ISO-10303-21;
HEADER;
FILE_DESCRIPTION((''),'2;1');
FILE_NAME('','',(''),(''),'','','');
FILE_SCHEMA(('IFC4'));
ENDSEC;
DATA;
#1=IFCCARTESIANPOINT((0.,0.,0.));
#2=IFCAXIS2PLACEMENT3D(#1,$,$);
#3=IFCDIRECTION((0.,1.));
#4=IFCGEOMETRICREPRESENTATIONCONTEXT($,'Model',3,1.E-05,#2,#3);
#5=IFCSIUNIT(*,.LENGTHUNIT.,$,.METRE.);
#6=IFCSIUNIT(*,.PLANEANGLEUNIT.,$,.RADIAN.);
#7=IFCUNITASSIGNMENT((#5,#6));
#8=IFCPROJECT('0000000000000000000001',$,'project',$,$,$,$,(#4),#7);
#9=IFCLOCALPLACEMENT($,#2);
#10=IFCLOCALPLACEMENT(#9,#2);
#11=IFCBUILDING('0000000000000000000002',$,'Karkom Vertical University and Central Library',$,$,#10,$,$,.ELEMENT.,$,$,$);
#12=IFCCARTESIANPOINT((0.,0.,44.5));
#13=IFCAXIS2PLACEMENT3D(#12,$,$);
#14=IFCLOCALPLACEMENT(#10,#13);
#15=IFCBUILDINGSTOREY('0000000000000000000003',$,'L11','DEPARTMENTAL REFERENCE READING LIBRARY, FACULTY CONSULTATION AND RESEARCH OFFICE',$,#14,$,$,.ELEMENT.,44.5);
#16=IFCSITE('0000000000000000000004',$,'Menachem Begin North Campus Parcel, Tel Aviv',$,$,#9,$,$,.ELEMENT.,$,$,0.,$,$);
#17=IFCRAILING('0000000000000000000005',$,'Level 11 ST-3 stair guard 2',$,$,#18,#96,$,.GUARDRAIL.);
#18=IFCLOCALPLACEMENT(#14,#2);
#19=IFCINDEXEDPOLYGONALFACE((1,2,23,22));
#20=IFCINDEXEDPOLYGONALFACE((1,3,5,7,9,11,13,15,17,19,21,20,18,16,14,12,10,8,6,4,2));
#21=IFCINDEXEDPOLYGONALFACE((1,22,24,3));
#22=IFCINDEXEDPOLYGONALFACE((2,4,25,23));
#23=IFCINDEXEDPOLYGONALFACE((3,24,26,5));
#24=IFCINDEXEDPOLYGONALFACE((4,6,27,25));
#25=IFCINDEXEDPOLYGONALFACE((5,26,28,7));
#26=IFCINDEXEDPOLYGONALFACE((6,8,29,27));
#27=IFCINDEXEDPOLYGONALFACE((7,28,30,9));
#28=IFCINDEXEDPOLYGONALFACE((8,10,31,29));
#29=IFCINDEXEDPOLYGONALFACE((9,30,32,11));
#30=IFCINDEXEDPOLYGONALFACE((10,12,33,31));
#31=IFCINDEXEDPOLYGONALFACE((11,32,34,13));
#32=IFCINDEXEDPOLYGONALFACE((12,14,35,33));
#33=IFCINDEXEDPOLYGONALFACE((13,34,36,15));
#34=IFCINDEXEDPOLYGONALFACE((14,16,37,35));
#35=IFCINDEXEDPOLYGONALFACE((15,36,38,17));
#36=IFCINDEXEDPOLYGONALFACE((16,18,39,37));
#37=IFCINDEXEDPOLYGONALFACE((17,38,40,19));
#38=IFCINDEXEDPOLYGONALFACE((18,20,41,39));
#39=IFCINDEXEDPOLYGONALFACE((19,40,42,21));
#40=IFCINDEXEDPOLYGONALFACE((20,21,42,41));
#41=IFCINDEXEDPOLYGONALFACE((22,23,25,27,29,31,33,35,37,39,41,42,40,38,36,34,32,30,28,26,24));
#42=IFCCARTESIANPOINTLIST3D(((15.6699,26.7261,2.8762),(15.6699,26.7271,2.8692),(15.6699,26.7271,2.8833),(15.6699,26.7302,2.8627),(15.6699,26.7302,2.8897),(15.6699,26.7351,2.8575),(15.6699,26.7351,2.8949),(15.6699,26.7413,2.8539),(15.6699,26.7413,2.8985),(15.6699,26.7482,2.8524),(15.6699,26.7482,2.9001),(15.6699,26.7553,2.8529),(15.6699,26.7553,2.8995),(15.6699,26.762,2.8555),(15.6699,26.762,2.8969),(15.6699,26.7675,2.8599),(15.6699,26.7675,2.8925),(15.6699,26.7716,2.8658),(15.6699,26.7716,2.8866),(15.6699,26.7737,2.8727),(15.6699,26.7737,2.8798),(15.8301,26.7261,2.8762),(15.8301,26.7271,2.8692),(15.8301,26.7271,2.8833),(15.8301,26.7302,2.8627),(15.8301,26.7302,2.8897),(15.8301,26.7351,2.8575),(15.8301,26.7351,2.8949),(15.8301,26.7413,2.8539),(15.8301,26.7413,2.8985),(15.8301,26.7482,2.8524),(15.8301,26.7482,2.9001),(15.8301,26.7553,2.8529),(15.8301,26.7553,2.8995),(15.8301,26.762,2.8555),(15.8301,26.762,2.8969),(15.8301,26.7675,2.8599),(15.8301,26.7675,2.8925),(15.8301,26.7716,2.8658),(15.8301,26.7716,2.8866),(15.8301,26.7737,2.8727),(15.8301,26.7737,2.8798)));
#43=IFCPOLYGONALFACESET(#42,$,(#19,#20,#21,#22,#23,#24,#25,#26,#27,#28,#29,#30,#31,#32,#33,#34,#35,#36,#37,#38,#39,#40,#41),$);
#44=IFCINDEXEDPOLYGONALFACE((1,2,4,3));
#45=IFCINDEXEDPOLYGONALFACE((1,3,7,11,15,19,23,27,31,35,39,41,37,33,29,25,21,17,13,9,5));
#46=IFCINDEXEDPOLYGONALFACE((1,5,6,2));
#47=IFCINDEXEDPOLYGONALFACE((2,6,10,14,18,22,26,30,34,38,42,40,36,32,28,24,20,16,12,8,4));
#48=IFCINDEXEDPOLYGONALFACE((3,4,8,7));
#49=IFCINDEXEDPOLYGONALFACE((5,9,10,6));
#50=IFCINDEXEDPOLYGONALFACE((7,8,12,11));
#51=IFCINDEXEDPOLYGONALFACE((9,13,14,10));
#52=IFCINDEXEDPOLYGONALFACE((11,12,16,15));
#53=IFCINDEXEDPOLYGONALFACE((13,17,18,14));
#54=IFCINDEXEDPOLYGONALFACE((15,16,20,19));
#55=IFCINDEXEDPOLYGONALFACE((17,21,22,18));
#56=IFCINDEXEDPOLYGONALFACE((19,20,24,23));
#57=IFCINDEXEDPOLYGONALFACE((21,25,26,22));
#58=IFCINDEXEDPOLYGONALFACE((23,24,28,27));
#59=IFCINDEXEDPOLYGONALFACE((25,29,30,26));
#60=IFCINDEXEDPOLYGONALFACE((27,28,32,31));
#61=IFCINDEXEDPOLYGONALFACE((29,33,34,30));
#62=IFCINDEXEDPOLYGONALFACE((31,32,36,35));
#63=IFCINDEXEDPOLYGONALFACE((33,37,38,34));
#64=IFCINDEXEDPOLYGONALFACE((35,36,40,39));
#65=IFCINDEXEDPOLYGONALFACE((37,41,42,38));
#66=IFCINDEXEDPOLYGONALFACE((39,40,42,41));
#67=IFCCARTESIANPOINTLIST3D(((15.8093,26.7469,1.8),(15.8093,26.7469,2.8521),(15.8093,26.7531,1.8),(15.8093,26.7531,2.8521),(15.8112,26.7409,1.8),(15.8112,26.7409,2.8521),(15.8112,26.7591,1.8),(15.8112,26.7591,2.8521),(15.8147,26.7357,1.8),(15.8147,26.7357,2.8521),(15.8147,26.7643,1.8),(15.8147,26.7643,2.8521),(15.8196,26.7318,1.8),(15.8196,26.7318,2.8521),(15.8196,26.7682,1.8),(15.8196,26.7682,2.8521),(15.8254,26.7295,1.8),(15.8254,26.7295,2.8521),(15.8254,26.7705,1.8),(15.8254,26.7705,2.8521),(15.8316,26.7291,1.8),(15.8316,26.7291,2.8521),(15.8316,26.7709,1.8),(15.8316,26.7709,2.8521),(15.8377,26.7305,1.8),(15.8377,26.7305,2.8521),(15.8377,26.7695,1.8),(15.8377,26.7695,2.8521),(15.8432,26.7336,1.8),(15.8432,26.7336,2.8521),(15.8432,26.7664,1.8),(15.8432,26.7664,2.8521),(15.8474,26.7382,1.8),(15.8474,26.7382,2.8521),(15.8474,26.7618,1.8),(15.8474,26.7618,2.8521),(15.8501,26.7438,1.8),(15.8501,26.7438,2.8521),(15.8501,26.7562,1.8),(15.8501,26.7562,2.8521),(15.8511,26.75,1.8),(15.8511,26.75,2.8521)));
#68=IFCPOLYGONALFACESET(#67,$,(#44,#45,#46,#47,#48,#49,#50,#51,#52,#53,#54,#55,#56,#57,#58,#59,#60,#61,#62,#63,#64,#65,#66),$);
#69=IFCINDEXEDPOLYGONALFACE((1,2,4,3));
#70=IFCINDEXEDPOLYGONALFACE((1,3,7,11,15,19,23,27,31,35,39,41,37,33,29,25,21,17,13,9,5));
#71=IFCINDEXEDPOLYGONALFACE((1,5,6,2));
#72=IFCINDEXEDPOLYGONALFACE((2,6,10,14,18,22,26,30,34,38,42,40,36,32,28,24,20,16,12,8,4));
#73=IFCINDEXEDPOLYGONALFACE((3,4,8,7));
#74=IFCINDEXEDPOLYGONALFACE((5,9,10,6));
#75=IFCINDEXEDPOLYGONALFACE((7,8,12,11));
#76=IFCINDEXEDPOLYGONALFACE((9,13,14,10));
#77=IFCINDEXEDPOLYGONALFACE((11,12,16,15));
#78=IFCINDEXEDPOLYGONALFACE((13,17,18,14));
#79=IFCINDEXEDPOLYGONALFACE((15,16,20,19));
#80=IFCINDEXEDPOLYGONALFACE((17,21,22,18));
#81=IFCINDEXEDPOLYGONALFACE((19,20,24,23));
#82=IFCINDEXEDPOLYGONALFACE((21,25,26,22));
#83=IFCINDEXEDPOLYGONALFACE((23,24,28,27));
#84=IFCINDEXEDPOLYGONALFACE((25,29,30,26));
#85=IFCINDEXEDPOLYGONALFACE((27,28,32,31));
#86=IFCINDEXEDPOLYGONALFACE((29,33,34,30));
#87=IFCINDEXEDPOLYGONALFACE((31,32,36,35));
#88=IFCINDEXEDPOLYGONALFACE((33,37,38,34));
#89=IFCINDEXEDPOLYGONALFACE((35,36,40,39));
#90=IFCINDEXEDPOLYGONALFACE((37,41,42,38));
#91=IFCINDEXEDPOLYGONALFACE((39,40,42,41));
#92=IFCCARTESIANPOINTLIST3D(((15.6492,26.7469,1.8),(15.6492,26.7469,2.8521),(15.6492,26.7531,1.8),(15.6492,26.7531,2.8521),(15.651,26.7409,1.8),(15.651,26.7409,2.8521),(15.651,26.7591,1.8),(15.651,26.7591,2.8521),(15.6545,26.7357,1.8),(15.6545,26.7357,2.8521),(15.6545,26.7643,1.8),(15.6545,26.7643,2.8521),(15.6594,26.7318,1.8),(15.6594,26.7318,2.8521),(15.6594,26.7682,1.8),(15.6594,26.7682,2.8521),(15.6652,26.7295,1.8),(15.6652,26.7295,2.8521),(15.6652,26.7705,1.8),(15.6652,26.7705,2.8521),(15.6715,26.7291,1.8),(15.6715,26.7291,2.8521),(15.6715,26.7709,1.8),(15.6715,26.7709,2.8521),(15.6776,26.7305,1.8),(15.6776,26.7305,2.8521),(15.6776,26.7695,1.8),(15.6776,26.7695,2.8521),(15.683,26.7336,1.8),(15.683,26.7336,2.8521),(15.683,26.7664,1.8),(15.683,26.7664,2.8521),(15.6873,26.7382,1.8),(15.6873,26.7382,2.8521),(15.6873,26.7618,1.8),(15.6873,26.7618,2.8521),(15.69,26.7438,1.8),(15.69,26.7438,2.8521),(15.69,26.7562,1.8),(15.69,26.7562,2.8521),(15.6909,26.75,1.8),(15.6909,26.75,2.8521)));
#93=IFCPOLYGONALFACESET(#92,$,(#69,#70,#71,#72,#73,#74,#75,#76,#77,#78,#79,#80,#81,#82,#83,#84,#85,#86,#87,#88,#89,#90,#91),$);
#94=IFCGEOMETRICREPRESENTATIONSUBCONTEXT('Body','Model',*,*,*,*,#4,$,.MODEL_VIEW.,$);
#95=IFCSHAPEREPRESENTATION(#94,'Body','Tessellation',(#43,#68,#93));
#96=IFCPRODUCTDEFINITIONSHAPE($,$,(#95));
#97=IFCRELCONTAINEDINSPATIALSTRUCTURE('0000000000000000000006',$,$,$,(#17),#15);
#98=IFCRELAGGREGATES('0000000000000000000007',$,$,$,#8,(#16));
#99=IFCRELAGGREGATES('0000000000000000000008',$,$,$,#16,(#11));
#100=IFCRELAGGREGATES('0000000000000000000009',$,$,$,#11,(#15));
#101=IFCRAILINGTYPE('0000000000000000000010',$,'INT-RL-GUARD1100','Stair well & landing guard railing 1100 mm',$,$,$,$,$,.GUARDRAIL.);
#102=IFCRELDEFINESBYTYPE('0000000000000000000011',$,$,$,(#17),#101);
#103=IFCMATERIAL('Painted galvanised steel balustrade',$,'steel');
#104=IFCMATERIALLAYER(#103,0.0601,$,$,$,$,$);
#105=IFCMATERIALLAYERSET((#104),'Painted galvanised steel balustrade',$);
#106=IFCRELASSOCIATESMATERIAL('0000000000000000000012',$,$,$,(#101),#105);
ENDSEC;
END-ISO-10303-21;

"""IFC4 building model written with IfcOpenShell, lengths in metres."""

from ifc_helpers import new_model, si_unit, direction, frame, origin, origin_2d, place, context, subcontext, project, spatial, circle, extrude, material, layer, layer_set, type_object, element, save


model = new_model("IFC4")

# Units and contexts
model_context = context("Model", 3, precision=1e-05, world=origin(), true_north=direction((0.0, 1.0)))
body_context = subcontext(model_context, "Body", "Model", "MODEL_VIEW")
ifc_project = project(units=[si_unit("LENGTHUNIT", "METRE"), si_unit("PLANEANGLEUNIT", "RADIAN")], contexts=[model_context])

# Site, building, storey
site_placement = place(None, origin())
site = spatial("IfcSite", under=ifc_project, at=site_placement, Name="Menachem Begin North Campus Parcel, Tel Aviv", CompositionType="ELEMENT", RefElevation=0.0)
building_placement = place(site_placement, origin())
building = spatial("IfcBuilding", under=site, at=building_placement, Name="Karkom Vertical University and Central Library", CompositionType="ELEMENT")
storey_placement = place(building_placement, frame((0.0, 0.0, 44.5)))
storey = spatial("IfcBuildingStorey", under=building, at=storey_placement, Name="L11", Description="DEPARTMENTAL REFERENCE READING LIBRARY, FACULTY CONSULTATION AND RESEARCH OFFICE", CompositionType="ELEMENT", Elevation=44.5)

# Railing
ifc_material_1 = material(Name="Painted galvanised steel balustrade", Category="steel")
ifc_layer_1 = layer(ifc_material_1, 0.0601)
ifc_layer_set_1 = layer_set([ifc_layer_1], Name="Painted galvanised steel balustrade")
railing_type_1 = type_object("IfcRailingType", Name="INT-RL-GUARD1100", Description="Stair well & landing guard railing 1100 mm", PredefinedType="GUARDRAIL", material=ifc_layer_set_1)
railing_1_placement = place(storey_placement, frame((15.8301, 26.75, 1.8)))
element("IfcRailing", 1, at=railing_1_placement, inside=storey, type_object=railing_type_1, Name="Level 11 ST-3 stair guard 2", PredefinedType="GUARDRAIL", context=body_context, shape_type="SweptSolid", body=[
    extrude(circle(Radius=0.0239, at=origin_2d()), frame((0.0, 0.0, 1.0762), z_axis=(-1.0, 0.0, 0.0), x_axis=(0.0, -1.0, 0.0)), (0.0, 0.0, 1.0), 0.1602),
    extrude(circle(Radius=0.021, at=origin_2d()), origin(), (0.0, 0.0, 1.0), 1.052),
    extrude(circle(Radius=0.021, at=origin_2d()), frame((-0.1602, 0.0, 0.0)), (0.0, 0.0, 1.0), 1.052),
])

save(model, "model.ifc")
